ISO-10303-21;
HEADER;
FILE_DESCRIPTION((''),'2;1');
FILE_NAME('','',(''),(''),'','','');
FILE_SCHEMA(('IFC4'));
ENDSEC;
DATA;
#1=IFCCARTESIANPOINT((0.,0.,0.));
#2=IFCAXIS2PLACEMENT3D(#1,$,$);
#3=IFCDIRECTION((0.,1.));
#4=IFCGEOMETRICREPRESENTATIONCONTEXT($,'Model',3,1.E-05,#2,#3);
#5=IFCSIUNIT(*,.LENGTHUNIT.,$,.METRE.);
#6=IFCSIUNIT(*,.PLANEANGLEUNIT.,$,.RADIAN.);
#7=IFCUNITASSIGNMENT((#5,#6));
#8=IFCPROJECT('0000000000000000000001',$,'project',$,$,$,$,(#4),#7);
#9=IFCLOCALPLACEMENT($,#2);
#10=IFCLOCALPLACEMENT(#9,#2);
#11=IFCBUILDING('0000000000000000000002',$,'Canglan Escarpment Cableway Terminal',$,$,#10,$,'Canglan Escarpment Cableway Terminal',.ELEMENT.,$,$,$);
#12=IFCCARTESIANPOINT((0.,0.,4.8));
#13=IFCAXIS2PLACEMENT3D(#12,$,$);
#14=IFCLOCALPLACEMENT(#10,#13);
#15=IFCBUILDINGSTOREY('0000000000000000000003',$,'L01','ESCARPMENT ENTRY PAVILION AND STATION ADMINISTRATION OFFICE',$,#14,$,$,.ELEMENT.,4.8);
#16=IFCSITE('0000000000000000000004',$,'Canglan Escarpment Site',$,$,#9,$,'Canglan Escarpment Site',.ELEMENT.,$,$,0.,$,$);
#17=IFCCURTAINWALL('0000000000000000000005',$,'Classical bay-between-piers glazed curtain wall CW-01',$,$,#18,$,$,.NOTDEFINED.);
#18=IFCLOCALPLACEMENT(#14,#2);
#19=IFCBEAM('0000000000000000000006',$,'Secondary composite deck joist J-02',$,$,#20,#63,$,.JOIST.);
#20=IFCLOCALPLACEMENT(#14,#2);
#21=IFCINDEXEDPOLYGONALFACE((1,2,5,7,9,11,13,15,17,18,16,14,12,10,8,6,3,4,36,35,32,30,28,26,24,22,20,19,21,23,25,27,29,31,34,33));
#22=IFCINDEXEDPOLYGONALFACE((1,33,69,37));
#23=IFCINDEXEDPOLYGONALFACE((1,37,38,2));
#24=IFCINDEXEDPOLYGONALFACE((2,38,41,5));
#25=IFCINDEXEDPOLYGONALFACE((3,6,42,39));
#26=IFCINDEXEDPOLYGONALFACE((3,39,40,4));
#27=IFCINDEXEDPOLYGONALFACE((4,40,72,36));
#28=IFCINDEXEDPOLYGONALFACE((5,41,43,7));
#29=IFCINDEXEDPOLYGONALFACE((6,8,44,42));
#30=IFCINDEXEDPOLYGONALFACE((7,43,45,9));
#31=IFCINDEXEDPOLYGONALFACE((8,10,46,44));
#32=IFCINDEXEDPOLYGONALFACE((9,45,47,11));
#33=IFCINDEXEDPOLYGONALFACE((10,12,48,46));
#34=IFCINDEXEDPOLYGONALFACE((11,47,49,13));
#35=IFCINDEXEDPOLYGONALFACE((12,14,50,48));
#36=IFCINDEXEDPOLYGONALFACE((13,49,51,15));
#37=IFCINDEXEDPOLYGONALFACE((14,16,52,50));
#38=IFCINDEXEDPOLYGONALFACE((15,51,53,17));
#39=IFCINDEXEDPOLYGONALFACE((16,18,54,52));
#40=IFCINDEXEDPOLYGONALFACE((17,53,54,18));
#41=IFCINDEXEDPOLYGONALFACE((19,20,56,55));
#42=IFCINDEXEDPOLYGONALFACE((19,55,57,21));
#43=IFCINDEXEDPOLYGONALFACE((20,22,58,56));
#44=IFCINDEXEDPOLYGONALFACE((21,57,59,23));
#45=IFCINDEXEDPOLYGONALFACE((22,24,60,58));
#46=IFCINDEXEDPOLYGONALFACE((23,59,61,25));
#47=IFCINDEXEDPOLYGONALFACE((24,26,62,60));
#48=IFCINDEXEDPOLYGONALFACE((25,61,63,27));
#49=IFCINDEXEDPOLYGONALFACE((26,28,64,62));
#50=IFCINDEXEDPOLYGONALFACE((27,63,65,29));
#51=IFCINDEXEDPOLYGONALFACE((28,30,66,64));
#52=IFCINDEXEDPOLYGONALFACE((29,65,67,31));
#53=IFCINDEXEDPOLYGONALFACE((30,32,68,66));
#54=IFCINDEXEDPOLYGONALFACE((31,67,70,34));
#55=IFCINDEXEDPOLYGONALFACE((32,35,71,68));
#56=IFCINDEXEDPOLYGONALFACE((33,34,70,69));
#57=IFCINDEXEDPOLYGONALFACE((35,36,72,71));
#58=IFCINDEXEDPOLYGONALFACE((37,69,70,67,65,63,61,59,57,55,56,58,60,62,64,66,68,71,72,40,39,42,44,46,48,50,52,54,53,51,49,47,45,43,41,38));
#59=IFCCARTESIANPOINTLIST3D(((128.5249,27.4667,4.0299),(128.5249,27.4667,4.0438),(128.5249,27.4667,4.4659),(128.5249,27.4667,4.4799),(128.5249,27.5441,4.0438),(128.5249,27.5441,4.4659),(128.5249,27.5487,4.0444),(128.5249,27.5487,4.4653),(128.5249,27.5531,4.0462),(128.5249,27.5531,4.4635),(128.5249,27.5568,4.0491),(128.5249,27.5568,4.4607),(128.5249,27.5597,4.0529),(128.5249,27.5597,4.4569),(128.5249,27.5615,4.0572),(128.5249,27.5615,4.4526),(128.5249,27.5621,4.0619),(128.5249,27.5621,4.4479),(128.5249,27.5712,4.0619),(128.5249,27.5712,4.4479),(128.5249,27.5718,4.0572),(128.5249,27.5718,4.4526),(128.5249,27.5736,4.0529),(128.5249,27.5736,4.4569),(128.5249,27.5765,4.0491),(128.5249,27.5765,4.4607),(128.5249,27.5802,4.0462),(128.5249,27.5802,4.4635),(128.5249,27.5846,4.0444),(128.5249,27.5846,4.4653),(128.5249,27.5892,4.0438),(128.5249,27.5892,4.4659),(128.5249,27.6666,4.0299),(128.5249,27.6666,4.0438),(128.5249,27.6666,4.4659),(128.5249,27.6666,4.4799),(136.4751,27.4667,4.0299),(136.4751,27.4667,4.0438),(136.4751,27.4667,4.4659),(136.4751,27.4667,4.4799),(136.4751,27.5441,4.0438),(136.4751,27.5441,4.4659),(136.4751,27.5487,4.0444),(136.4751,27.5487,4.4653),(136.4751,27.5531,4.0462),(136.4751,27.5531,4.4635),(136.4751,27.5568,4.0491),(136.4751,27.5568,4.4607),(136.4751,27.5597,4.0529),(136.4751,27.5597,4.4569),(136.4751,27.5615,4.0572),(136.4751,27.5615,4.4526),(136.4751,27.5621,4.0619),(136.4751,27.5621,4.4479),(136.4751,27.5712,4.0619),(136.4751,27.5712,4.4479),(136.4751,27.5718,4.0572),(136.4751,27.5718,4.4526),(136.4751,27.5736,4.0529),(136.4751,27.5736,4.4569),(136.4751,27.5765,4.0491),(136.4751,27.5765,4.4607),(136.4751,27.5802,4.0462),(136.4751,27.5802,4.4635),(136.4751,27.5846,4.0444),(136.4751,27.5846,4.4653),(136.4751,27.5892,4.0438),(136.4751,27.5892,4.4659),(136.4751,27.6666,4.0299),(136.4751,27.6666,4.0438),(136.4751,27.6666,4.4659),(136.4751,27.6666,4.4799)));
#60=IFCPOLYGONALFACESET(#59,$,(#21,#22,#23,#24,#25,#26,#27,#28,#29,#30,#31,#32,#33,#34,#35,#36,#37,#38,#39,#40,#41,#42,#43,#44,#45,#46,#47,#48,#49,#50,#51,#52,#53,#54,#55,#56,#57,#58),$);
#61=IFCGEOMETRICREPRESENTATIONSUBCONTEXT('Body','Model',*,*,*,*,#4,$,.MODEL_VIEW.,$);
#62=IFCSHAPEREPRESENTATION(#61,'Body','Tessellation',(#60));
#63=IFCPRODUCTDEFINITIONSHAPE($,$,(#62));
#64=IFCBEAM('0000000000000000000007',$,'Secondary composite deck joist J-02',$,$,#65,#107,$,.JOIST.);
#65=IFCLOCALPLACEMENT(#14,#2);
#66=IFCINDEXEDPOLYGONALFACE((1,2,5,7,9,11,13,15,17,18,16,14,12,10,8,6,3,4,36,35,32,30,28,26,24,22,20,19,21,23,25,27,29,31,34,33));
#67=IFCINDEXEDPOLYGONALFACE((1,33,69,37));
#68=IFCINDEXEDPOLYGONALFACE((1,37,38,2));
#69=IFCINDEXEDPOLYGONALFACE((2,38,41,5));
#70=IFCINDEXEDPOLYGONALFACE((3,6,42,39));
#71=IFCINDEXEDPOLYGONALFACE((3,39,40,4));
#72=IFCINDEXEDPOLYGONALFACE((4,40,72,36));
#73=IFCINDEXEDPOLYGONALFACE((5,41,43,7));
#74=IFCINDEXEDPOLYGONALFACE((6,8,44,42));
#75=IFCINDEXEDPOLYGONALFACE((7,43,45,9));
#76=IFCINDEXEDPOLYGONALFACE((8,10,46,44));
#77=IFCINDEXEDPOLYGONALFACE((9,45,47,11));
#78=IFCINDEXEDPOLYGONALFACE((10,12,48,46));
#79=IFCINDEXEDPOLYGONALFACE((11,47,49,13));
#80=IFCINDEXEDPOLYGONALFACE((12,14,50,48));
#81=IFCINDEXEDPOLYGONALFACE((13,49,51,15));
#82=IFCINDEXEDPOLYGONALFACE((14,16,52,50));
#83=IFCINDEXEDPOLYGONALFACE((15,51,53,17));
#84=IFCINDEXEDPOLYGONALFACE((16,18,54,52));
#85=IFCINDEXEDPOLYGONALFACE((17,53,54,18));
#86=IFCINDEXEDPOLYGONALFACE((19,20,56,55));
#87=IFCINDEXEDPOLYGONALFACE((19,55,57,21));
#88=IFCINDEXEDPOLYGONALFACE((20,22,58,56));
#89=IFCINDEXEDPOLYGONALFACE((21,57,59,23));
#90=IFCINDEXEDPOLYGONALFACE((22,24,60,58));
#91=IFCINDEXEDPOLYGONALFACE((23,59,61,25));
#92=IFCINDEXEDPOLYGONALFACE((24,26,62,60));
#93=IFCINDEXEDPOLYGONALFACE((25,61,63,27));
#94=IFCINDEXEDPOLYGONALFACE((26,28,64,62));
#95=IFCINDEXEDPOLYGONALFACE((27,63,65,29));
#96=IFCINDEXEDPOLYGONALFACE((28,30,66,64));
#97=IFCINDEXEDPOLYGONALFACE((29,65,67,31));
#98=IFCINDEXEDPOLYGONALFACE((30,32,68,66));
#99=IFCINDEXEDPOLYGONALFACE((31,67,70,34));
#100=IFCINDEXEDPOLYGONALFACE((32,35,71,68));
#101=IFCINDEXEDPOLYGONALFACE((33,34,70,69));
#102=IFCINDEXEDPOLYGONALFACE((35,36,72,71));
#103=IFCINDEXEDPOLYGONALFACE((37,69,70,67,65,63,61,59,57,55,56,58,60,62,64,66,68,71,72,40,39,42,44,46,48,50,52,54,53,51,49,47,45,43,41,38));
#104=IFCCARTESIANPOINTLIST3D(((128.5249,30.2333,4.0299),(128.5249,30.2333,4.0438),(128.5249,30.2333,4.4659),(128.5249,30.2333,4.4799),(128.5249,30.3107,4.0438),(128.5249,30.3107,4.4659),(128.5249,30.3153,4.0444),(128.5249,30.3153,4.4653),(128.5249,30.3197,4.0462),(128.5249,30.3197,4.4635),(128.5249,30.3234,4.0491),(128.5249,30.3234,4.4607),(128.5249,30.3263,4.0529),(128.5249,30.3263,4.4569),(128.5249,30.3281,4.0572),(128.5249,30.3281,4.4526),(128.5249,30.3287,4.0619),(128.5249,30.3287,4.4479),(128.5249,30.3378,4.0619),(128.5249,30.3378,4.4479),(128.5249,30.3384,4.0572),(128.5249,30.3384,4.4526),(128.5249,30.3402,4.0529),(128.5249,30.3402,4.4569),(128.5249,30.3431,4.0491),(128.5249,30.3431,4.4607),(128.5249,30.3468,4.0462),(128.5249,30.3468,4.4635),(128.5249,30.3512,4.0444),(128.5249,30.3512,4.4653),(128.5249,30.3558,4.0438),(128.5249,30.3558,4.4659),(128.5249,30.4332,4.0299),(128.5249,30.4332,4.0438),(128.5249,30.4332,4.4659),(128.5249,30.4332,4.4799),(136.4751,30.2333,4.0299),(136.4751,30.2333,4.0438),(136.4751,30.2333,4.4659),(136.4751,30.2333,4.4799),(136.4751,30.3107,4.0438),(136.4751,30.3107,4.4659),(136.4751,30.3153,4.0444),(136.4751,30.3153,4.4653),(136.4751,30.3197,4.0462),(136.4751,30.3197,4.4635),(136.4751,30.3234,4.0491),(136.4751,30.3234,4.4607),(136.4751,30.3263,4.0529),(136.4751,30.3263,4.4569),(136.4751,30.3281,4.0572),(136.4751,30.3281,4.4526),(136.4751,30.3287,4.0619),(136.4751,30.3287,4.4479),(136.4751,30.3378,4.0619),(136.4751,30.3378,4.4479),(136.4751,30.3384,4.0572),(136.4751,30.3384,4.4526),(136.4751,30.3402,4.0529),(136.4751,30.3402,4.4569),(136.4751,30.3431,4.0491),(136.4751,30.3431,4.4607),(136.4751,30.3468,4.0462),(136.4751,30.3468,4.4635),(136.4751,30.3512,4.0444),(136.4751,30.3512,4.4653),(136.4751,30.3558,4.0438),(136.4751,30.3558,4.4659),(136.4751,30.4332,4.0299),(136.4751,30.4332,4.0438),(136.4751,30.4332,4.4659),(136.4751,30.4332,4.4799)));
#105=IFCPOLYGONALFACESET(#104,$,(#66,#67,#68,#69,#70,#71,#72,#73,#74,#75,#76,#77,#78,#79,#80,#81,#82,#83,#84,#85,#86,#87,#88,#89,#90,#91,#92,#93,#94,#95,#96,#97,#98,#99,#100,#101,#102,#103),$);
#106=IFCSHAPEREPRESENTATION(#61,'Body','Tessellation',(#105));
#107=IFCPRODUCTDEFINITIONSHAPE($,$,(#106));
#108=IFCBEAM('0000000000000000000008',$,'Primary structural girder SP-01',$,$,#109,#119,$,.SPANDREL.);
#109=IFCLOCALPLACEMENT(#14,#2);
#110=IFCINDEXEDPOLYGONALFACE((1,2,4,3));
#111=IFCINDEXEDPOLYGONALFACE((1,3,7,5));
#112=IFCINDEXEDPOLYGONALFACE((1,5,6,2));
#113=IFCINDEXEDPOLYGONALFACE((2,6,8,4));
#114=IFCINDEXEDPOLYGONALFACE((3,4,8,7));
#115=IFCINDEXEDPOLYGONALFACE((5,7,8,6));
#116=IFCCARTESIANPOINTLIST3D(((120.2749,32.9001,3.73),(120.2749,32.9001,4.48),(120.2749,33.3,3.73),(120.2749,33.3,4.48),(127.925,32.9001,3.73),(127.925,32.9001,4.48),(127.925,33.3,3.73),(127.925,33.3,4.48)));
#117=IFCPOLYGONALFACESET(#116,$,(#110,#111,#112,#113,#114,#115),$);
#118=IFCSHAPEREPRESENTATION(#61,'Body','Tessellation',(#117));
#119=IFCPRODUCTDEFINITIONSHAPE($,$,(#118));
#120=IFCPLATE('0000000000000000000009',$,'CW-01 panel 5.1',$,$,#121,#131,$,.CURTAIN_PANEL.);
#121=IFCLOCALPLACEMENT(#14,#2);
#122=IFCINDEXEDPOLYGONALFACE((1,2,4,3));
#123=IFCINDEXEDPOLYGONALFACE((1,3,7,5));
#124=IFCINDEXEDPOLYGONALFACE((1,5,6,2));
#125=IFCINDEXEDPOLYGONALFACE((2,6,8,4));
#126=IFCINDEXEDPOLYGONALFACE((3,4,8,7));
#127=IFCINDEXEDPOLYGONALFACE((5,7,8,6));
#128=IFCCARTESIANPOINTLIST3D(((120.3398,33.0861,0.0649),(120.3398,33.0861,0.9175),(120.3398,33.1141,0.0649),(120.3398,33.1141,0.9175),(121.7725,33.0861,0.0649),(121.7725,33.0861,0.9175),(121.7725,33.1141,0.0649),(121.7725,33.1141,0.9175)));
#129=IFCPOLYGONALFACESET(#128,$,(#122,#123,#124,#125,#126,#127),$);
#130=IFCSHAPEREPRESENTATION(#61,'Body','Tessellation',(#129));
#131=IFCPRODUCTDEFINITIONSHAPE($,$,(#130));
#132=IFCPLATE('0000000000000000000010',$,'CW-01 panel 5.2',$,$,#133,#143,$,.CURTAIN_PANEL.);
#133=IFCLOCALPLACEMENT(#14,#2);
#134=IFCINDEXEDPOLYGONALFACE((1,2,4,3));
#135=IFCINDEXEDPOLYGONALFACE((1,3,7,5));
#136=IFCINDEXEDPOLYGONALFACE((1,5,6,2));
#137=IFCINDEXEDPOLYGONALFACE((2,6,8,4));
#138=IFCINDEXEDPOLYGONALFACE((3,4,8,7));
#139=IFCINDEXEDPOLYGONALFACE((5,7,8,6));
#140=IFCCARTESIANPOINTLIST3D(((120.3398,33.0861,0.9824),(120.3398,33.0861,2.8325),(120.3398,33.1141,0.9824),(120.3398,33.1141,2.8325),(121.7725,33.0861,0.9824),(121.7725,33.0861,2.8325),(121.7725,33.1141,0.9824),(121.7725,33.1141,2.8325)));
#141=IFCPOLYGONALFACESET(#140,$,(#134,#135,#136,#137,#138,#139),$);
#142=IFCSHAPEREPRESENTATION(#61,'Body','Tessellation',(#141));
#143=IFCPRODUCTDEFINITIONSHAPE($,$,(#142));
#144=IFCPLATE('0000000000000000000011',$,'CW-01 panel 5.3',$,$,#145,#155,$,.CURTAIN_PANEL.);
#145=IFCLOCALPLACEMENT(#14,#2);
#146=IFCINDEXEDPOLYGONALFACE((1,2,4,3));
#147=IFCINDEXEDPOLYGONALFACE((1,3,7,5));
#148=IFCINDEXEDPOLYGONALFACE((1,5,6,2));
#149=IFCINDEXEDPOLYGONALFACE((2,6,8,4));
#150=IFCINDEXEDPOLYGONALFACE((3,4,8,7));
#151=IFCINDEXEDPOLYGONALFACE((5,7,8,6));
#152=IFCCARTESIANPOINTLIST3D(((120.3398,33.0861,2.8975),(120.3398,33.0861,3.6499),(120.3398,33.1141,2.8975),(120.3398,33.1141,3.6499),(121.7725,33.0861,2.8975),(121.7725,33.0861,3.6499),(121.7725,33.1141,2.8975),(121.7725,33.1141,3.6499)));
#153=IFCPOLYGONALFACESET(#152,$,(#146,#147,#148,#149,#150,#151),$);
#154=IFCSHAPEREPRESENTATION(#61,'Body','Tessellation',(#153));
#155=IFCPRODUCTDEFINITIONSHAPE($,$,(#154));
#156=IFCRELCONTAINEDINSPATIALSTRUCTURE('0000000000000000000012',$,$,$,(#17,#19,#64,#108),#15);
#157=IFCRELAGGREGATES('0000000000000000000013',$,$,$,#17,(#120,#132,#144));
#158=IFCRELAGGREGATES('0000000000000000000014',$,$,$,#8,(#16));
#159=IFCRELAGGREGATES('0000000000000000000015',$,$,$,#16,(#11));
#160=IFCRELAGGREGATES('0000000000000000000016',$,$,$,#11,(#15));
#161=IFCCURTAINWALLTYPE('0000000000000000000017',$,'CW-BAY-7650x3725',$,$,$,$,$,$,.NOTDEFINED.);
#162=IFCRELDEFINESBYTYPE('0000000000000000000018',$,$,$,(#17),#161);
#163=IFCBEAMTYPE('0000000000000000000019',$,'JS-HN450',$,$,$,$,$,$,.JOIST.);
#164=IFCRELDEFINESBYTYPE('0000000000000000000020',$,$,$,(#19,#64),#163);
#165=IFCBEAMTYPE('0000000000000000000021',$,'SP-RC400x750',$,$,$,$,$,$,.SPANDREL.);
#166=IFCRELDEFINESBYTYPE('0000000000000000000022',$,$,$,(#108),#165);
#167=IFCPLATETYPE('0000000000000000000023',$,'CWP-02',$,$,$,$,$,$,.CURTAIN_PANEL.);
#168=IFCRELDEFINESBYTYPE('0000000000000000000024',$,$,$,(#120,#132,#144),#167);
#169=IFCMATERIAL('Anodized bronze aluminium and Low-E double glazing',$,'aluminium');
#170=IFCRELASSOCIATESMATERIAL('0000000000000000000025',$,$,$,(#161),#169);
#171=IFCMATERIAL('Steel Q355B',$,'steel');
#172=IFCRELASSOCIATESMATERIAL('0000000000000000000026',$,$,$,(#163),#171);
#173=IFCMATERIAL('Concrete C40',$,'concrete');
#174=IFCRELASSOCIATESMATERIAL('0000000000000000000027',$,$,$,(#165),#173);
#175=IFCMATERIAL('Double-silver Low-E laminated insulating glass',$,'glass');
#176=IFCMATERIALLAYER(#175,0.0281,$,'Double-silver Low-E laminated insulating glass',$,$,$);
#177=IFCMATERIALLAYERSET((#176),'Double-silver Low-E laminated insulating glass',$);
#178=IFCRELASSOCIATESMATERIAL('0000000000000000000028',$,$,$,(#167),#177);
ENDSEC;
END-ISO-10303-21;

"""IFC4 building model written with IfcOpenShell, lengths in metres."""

from ifc_helpers import new_model, si_unit, direction, frame, origin, origin_2d, place, context, subcontext, project, spatial, rectangle, i_section, extrude, material, layer, layer_set, material_profile, profile_set, type_object, element, aggregate, save


model = new_model("IFC4")

# Units and contexts
model_context = context("Model", 3, precision=1e-05, world=origin(), true_north=direction((0.0, 1.0)))
body_context = subcontext(model_context, "Body", "Model", "MODEL_VIEW")
ifc_project = project(units=[si_unit("LENGTHUNIT", "METRE"), si_unit("PLANEANGLEUNIT", "RADIAN")], contexts=[model_context])

# Site, building, storey
site_placement = place(None, origin())
site = spatial("IfcSite", under=ifc_project, at=site_placement, Name="Canglan Escarpment Site", LongName="Canglan Escarpment Site", CompositionType="ELEMENT", RefElevation=0.0)
building_placement = place(site_placement, origin())
building = spatial("IfcBuilding", under=site, at=building_placement, Name="Canglan Escarpment Cableway Terminal", LongName="Canglan Escarpment Cableway Terminal", CompositionType="ELEMENT")
storey_placement = place(building_placement, frame((0.0, 0.0, 4.8)))
storey = spatial("IfcBuildingStorey", under=building, at=storey_placement, Name="L01", Description="ESCARPMENT ENTRY PAVILION AND STATION ADMINISTRATION OFFICE", CompositionType="ELEMENT", Elevation=4.8)

# Shared definitions
ifc_material_1 = material(Name="Concrete C40", Category="concrete")

# Curtain wall
ifc_material_2 = material(Name="Anodized bronze aluminium and Low-E double glazing", Category="aluminium")
curtain_wall_type = type_object("IfcCurtainWallType", Name="CW-BAY-7650x3725", PredefinedType="NOTDEFINED", material=ifc_material_2)
curtain_wall_1_placement = place(storey_placement, origin())
curtain_wall_1 = element("IfcCurtainWall", 1, at=curtain_wall_1_placement, inside=storey, type_object=curtain_wall_type, Name="Classical bay-between-piers glazed curtain wall CW-01", PredefinedType="NOTDEFINED")

# Beams
ifc_material_3 = material(Name="Steel Q355B", Category="steel")
ifc_material_profile_1 = material_profile(ifc_material_3, i_section(OverallWidth=0.2, OverallDepth=0.45, WebThickness=0.009, FlangeThickness=0.0139, FilletRadius=0.0181, at=origin_2d()), Name="HN 450x200x9x14")
ifc_profile_set_1 = profile_set([ifc_material_profile_1], Name="Steel Q355B")
beam_type_1 = type_object("IfcBeamType", Name="JS-HN450", PredefinedType="JOIST", material=ifc_profile_set_1)
for number, where, z_axis, x_axis, name in (
    (2, (128.5249, 27.5667, 4.2549), (1.0, 0.0, 0.0), (0.0, 1.0, 0.0), "Secondary composite deck joist J-02"),
    (3, (128.5249, 30.3333, 4.2549), (1.0, 0.0, 0.0), (0.0, 1.0, 0.0), "Secondary composite deck joist J-02"),
):
    element("IfcBeam", number, at=place(storey_placement, frame(where, z_axis=z_axis, x_axis=x_axis)), inside=storey, type_object=beam_type_1, Name=name, PredefinedType="JOIST", context=body_context, shape_type="SweptSolid", body=[
        extrude(i_section(OverallWidth=0.2, OverallDepth=0.45, WebThickness=0.009, FlangeThickness=0.0139, FilletRadius=0.0181, at=origin_2d()), origin(), (0.0, 0.0, 1.0), 7.9502),
    ])
ifc_material_profile_2 = material_profile(ifc_material_1, rectangle(XDim=0.3999, YDim=0.75, at=origin_2d()), Name="RC 400x750")
ifc_profile_set_2 = profile_set([ifc_material_profile_2], Name="Concrete C40")
beam_type_2 = type_object("IfcBeamType", Name="SP-RC400x750", PredefinedType="SPANDREL", material=ifc_profile_set_2)
beam_1_placement = place(storey_placement, frame((120.2749, 33.1001, 4.105), z_axis=(1.0, 0.0, 0.0), x_axis=(0.0, 1.0, 0.0)))
element("IfcBeam", 4, at=beam_1_placement, inside=storey, type_object=beam_type_2, Name="Primary structural girder SP-01", PredefinedType="SPANDREL", context=body_context, shape_type="SweptSolid", body=[
    extrude(rectangle(XDim=0.3999, YDim=0.75, at=origin_2d()), origin(), (0.0, 0.0, 1.0), 7.6501),
])

# Plates
ifc_material_4 = material(Name="Double-silver Low-E laminated insulating glass", Category="glass")
ifc_layer = layer(ifc_material_4, 0.0281, Name="Double-silver Low-E laminated insulating glass")
ifc_layer_set = layer_set([ifc_layer], Name="Double-silver Low-E laminated insulating glass")
plate_type = type_object("IfcPlateType", Name="CWP-02", PredefinedType="CURTAIN_PANEL", material=ifc_layer_set)
plate_1_placement = place(storey_placement, frame((121.0562, 33.1001, 0.0649), z_axis=(0.0, 0.0, 1.0), x_axis=(-1.0, 0.0, 0.0)))
plate_1 = element("IfcPlate", 5, at=plate_1_placement, type_object=plate_type, Name="CW-01 panel 5.1", PredefinedType="CURTAIN_PANEL", context=body_context, shape_type="SweptSolid", body=[
    extrude(rectangle(XDim=1.4326, YDim=0.0281, at=origin_2d()), origin(), (0.0, 0.0, 1.0), 0.8525),
])
plate_2_placement = place(storey_placement, frame((121.0562, 33.1001, 0.9824), z_axis=(0.0, 0.0, 1.0), x_axis=(-1.0, 0.0, 0.0)))
plate_2 = element("IfcPlate", 6, at=plate_2_placement, type_object=plate_type, Name="CW-01 panel 5.2", PredefinedType="CURTAIN_PANEL", context=body_context, shape_type="SweptSolid", body=[
    extrude(rectangle(XDim=1.4326, YDim=0.0281, at=origin_2d()), origin(), (0.0, 0.0, 1.0), 1.8501),
])
plate_3_placement = place(storey_placement, frame((121.0562, 33.1001, 2.8975), z_axis=(0.0, 0.0, 1.0), x_axis=(-1.0, 0.0, 0.0)))
plate_3 = element("IfcPlate", 7, at=plate_3_placement, type_object=plate_type, Name="CW-01 panel 5.3", PredefinedType="CURTAIN_PANEL", context=body_context, shape_type="SweptSolid", body=[
    extrude(rectangle(XDim=1.4326, YDim=0.0281, at=origin_2d()), origin(), (0.0, 0.0, 1.0), 0.7524),
])
aggregate(curtain_wall_1, [plate_1, plate_2, plate_3])

save(model, "model.ifc")
